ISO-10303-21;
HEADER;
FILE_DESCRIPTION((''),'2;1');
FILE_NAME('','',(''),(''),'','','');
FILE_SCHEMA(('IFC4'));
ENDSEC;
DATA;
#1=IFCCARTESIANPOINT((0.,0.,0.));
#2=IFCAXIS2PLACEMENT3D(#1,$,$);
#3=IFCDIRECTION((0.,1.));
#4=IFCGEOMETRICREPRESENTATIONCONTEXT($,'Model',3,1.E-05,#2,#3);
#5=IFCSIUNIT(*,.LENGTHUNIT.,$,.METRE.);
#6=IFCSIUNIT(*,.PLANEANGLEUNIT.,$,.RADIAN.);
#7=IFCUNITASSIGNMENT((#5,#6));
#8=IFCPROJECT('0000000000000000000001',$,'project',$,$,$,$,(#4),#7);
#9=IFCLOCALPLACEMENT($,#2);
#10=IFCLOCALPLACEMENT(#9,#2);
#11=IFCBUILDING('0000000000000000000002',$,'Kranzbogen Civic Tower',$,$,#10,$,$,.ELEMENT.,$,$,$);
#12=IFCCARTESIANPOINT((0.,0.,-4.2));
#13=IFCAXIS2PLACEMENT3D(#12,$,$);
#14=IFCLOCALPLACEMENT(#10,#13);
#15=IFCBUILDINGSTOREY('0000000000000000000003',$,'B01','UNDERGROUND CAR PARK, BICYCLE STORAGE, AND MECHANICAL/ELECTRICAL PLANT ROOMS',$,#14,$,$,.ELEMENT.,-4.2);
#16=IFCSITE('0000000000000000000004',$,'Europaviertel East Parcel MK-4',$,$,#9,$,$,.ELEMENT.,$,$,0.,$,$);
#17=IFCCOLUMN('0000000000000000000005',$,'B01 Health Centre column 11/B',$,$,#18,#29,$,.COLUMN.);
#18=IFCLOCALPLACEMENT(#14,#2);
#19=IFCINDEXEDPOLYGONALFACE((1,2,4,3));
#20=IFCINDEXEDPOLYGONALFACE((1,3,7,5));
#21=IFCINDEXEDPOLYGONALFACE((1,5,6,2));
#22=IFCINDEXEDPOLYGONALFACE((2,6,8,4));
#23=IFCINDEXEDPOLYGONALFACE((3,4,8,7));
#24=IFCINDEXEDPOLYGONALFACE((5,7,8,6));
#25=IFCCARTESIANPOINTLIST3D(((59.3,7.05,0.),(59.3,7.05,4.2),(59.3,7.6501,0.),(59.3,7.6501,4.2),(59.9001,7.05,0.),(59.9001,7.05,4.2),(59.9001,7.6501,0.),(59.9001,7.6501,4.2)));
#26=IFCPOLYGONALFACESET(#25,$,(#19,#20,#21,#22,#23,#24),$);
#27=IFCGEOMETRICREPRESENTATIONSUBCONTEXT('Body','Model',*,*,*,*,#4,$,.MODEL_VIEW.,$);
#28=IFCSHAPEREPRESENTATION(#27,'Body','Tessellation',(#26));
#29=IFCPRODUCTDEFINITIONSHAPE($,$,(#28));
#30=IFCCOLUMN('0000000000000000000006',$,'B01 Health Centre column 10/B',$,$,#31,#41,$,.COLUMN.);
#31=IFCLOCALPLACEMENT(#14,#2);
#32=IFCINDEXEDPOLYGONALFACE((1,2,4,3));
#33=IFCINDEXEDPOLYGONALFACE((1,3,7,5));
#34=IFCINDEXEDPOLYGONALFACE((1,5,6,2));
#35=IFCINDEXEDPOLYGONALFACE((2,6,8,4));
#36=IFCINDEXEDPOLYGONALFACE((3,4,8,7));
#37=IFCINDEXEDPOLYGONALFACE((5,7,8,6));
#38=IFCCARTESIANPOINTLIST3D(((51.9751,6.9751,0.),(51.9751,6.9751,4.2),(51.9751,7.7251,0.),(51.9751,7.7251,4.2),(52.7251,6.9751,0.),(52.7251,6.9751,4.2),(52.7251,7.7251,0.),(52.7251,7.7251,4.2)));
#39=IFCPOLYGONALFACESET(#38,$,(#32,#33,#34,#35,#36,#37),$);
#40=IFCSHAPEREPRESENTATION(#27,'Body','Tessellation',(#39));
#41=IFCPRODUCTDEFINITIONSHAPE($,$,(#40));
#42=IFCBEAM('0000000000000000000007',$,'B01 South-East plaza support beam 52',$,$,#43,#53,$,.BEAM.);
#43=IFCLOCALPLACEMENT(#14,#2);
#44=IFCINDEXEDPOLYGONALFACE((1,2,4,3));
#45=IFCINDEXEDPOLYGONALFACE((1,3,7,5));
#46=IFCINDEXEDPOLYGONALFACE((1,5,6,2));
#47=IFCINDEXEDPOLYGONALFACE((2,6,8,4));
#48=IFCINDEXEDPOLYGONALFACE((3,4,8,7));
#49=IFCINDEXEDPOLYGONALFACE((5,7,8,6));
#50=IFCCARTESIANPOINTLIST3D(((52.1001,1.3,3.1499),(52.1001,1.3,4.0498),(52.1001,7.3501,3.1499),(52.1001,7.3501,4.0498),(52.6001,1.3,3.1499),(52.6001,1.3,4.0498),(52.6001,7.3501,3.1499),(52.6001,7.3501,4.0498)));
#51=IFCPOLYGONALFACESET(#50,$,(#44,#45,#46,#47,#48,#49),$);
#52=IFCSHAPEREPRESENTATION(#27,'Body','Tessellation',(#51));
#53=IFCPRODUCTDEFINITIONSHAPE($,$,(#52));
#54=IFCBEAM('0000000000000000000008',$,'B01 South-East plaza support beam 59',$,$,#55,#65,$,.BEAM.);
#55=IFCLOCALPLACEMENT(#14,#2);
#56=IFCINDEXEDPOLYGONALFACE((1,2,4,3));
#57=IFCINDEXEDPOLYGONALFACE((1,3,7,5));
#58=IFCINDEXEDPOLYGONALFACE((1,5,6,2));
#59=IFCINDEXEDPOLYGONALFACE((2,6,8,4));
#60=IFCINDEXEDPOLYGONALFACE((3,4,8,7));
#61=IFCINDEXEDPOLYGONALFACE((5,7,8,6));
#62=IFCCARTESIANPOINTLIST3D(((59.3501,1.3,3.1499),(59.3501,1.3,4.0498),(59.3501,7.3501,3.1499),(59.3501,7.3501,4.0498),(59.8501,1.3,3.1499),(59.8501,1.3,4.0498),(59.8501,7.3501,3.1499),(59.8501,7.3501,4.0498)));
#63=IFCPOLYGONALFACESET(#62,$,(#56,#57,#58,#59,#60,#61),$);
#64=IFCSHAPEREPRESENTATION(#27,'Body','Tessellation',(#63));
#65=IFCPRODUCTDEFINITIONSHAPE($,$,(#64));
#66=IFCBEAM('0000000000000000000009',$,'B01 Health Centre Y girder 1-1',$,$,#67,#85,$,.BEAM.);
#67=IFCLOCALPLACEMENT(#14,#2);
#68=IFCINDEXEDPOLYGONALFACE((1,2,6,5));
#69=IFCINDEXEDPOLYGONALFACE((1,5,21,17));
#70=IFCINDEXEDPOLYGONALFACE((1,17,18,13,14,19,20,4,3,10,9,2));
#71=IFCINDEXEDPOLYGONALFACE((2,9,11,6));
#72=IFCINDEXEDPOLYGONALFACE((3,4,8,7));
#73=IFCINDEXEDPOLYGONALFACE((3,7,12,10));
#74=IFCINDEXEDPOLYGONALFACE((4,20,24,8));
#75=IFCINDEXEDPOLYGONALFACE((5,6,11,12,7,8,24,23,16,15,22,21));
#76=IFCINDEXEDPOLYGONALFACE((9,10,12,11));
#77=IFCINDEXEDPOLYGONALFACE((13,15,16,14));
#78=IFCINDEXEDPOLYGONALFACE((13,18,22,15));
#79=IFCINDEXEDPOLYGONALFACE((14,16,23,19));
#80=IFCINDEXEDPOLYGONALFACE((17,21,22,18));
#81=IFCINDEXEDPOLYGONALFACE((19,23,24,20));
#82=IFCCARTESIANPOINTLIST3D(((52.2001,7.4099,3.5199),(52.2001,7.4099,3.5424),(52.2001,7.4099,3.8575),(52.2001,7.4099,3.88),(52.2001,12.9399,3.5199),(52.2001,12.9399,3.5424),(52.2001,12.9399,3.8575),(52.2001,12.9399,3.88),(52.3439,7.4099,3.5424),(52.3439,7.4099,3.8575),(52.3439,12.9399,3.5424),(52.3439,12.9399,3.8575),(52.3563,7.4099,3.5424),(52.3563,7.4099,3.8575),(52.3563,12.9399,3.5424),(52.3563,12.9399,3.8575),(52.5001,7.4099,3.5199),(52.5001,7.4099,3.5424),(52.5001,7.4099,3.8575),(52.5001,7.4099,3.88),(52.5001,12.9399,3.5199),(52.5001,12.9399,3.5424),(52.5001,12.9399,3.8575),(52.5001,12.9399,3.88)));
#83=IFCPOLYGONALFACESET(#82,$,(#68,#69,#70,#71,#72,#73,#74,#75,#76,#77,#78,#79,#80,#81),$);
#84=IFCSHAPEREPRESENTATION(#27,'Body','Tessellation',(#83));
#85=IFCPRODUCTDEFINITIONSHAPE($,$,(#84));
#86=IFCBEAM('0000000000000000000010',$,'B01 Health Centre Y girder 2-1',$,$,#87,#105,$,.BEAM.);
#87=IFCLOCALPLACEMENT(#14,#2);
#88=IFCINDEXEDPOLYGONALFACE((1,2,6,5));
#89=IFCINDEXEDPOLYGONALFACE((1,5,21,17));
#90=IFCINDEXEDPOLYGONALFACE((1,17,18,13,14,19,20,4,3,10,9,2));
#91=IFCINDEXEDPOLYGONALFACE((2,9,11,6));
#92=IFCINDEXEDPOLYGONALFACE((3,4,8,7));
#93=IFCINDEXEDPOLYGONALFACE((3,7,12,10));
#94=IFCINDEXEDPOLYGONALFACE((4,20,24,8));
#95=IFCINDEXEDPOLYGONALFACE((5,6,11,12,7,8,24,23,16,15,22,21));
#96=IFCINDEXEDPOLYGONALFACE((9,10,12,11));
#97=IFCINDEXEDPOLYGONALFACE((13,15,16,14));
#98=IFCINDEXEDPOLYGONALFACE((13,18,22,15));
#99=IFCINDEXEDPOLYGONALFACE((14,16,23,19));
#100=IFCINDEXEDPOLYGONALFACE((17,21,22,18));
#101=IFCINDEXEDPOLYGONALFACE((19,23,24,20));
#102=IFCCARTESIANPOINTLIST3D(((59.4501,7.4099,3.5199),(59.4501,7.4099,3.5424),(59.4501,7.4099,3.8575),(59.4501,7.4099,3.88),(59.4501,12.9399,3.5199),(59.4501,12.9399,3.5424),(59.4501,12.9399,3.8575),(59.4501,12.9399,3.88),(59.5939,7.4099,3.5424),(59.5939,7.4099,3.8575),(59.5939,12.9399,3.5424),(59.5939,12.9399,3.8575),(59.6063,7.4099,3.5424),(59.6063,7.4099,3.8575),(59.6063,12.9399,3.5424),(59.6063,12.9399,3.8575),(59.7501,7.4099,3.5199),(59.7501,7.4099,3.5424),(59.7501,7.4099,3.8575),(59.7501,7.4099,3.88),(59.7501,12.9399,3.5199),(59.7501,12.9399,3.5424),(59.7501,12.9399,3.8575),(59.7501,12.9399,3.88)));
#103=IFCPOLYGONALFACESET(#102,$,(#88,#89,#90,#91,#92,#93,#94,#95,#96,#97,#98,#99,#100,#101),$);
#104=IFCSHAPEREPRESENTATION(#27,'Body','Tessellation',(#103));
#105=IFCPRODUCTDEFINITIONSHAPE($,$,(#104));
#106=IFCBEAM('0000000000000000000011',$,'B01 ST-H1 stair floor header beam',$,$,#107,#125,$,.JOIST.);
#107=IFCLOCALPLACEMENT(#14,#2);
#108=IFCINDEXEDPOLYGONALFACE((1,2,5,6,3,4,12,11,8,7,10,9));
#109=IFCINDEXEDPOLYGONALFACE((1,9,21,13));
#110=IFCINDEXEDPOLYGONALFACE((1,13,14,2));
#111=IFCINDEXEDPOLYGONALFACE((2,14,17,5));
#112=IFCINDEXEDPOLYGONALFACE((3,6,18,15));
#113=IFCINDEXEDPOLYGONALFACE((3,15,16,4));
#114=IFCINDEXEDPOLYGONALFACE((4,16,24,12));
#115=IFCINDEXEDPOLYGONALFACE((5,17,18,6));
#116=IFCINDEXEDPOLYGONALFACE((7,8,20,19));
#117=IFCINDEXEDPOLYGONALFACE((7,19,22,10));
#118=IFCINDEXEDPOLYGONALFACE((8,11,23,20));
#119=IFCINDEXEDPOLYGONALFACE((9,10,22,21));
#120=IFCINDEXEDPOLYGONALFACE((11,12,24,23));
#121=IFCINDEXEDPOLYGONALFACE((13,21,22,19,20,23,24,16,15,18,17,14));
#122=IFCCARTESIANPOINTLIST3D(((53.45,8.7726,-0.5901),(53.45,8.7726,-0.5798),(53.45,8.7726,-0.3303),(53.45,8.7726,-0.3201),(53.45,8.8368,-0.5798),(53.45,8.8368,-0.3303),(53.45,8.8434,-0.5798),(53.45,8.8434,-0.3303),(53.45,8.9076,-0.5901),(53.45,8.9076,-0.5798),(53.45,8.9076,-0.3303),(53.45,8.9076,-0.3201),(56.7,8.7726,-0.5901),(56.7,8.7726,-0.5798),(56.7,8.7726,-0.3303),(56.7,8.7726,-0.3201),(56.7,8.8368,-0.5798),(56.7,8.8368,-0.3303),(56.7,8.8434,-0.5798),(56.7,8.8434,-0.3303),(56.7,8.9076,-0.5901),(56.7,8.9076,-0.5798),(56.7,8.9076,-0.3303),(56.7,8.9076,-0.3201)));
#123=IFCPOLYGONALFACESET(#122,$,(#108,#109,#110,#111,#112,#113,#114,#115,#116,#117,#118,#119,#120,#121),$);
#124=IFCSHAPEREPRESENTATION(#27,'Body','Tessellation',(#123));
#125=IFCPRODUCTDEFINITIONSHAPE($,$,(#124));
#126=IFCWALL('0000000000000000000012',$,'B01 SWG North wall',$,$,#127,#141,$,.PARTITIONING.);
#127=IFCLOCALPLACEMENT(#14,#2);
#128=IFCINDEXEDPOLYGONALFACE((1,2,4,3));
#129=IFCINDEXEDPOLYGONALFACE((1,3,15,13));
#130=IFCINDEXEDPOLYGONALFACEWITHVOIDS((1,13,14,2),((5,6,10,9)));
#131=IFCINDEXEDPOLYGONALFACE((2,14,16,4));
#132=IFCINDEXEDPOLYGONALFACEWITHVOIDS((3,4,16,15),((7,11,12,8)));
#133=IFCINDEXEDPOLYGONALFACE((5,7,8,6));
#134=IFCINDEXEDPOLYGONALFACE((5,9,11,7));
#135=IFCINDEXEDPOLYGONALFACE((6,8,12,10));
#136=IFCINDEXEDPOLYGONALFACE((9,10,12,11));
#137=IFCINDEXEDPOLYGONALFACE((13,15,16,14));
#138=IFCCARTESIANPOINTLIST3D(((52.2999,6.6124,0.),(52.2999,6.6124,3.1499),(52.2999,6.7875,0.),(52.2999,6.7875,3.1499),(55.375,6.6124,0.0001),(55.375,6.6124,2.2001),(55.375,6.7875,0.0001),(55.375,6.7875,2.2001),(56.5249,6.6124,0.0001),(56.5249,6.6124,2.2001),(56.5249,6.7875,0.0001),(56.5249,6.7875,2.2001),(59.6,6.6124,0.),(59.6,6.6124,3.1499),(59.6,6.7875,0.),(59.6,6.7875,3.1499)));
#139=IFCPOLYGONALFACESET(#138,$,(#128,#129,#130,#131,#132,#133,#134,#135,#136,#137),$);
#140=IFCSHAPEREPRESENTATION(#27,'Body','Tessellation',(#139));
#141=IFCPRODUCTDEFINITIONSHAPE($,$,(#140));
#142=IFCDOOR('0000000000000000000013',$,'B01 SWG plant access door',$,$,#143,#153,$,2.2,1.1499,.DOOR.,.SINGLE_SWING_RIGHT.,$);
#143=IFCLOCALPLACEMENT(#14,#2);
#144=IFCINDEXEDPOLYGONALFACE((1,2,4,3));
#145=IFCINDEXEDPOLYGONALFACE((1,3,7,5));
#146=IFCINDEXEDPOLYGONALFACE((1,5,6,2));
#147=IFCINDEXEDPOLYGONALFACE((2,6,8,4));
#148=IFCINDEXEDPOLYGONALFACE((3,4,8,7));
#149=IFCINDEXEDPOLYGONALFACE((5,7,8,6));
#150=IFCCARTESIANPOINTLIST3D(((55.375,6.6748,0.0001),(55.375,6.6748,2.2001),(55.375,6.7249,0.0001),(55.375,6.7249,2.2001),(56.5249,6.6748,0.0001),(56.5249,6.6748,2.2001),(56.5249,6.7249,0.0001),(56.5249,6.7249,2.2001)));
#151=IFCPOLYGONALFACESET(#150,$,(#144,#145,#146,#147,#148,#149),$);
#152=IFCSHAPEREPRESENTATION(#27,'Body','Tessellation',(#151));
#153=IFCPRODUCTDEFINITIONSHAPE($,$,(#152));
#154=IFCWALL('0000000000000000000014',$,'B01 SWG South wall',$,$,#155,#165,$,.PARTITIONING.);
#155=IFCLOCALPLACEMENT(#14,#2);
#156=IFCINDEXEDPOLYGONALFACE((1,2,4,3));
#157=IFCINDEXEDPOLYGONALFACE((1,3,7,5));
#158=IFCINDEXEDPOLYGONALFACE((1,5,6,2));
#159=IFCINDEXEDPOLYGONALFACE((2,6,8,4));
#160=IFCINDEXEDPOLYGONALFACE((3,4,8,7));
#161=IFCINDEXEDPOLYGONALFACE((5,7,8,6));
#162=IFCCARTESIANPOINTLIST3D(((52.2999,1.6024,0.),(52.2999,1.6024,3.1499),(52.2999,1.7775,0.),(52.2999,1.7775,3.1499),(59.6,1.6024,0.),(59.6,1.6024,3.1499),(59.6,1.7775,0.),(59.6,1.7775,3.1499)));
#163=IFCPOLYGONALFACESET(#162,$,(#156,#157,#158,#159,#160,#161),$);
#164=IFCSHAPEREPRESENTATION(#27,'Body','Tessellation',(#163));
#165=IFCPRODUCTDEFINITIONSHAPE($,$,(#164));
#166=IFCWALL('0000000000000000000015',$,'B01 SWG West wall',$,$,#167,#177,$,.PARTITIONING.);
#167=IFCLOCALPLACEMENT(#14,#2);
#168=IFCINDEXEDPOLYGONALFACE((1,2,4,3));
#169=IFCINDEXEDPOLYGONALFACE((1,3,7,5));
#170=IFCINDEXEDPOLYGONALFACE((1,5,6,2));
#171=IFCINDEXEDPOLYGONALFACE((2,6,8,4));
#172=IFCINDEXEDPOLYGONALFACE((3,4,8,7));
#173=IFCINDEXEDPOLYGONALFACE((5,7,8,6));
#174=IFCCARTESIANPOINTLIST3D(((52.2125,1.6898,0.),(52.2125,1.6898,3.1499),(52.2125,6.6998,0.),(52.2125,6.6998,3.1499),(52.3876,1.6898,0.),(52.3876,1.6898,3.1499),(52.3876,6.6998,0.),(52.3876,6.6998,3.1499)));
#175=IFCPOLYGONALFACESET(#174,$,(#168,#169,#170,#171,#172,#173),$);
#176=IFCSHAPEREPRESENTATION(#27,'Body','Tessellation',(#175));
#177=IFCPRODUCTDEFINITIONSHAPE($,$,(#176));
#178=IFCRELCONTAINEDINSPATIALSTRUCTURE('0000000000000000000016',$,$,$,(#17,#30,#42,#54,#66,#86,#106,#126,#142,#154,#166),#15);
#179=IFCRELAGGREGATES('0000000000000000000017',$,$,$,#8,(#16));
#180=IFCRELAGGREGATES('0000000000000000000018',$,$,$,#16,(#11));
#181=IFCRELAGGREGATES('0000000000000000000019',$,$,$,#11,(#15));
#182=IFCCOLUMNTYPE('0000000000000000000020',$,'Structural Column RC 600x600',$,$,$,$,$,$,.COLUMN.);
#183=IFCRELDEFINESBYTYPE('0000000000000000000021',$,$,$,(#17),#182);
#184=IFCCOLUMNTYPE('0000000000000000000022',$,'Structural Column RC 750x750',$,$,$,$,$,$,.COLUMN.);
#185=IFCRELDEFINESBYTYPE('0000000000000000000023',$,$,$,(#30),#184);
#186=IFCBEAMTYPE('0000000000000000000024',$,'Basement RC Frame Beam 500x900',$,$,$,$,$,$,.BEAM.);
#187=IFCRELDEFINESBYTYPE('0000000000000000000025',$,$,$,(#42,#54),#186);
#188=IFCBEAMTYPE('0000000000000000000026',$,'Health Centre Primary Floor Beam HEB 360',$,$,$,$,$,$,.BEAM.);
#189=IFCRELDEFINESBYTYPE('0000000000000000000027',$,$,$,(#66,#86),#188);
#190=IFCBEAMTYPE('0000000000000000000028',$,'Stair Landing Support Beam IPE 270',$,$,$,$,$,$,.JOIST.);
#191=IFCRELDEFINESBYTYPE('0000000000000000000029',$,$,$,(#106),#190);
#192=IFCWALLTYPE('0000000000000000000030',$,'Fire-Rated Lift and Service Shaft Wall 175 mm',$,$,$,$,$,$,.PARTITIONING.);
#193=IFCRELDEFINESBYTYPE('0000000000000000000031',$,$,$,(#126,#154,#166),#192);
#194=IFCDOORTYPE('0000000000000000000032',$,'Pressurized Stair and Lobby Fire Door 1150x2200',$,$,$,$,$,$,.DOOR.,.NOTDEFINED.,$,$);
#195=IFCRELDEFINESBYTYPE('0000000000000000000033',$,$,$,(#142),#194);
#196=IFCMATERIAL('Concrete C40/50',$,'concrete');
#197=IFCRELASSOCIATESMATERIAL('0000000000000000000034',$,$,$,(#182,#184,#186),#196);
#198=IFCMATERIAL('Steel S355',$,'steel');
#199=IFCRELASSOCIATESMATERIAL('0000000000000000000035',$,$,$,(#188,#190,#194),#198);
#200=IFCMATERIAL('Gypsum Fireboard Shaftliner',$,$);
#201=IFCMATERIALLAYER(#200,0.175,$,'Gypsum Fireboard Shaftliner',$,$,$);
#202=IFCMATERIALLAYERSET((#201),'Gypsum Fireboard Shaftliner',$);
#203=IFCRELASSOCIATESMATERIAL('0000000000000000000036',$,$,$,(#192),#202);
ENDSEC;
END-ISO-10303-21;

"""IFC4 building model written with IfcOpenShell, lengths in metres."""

from ifc_helpers import new_model, si_unit, direction, frame, frame_2d, origin, origin_2d, place, context, subcontext, project, spatial, rectangle, i_section, extrude, material, layer, layer_set, material_profile, profile_set, type_object, element, fill, save


model = new_model("IFC4")

# Units and contexts
model_context = context("Model", 3, precision=1e-05, world=origin(), true_north=direction((0.0, 1.0)))
body_context = subcontext(model_context, "Body", "Model", "MODEL_VIEW")
ifc_project = project(units=[si_unit("LENGTHUNIT", "METRE"), si_unit("PLANEANGLEUNIT", "RADIAN")], contexts=[model_context])

# Site, building, storey
site_placement = place(None, origin())
site = spatial("IfcSite", under=ifc_project, at=site_placement, Name="Europaviertel East Parcel MK-4", CompositionType="ELEMENT", RefElevation=0.0)
building_placement = place(site_placement, origin())
building = spatial("IfcBuilding", under=site, at=building_placement, Name="Kranzbogen Civic Tower", CompositionType="ELEMENT")
storey_placement = place(building_placement, frame((0.0, 0.0, -4.2)))
storey = spatial("IfcBuildingStorey", under=building, at=storey_placement, Name="B01", Description="UNDERGROUND CAR PARK, BICYCLE STORAGE, AND MECHANICAL/ELECTRICAL PLANT ROOMS", CompositionType="ELEMENT", Elevation=-4.2)

# Columns
ifc_material_1 = material(Name="Concrete C40/50", Category="concrete")
ifc_material_profile_1 = material_profile(ifc_material_1, rectangle(XDim=0.6001, YDim=0.6001, at=origin_2d()), Name="RC 600x600")
ifc_profile_set_1 = profile_set([ifc_material_profile_1], Name="Concrete C40/50")
column_type_1 = type_object("IfcColumnType", Name="Structural Column RC 600x600", PredefinedType="COLUMN", material=ifc_profile_set_1)
column_1_placement = place(storey_placement, frame((59.6001, 7.3501, 0.0), z_axis=(0.0, 0.0, 1.0), x_axis=(1.0, 0.0, 0.0)))
element("IfcColumn", 1, at=column_1_placement, inside=storey, type_object=column_type_1, Name="B01 Health Centre column 11/B", PredefinedType="COLUMN", context=body_context, shape_type="SweptSolid", body=[
    extrude(rectangle(XDim=0.6001, YDim=0.6001, at=origin_2d()), origin(), (0.0, 0.0, 1.0), 4.2),
])
ifc_material_profile_2 = material_profile(ifc_material_1, rectangle(XDim=0.75, YDim=0.75, at=origin_2d()), Name="RC 750x750")
ifc_profile_set_2 = profile_set([ifc_material_profile_2], Name="Concrete C40/50")
column_type_2 = type_object("IfcColumnType", Name="Structural Column RC 750x750", PredefinedType="COLUMN", material=ifc_profile_set_2)
column_2_placement = place(storey_placement, frame((52.3501, 7.3501, 0.0), z_axis=(0.0, 0.0, 1.0), x_axis=(1.0, 0.0, 0.0)))
element("IfcColumn", 2, at=column_2_placement, inside=storey, type_object=column_type_2, Name="B01 Health Centre column 10/B", PredefinedType="COLUMN", context=body_context, shape_type="SweptSolid", body=[
    extrude(rectangle(XDim=0.75, YDim=0.75, at=origin_2d()), origin(), (0.0, 0.0, 1.0), 4.2),
])

# Beams
ifc_material_profile_3 = material_profile(ifc_material_1, rectangle(XDim=0.5, YDim=0.8999, at=origin_2d()), Name="RC-BM 500x900")
ifc_profile_set_3 = profile_set([ifc_material_profile_3], Name="Concrete C40/50")
beam_type_1 = type_object("IfcBeamType", Name="Basement RC Frame Beam 500x900", PredefinedType="BEAM", material=ifc_profile_set_3)
for number, where, z_axis, x_axis, name in (
    (3, (52.3501, 1.3, 3.5999), (0.0, 1.0, 0.0), (-1.0, 0.0, 0.0), "B01 South-East plaza support beam 52"),
    (4, (59.6001, 1.3, 3.5999), (0.0, 1.0, 0.0), (-1.0, 0.0, 0.0), "B01 South-East plaza support beam 59"),
):
    element("IfcBeam", number, at=place(storey_placement, frame(where, z_axis=z_axis, x_axis=x_axis)), inside=storey, type_object=beam_type_1, Name=name, PredefinedType="BEAM", context=body_context, shape_type="SweptSolid", body=[
        extrude(rectangle(XDim=0.5, YDim=0.8999, at=origin_2d()), origin(), (0.0, 0.0, 1.0), 6.05),
    ])
ifc_material_2 = material(Name="Steel S355", Category="steel")
ifc_material_profile_4 = material_profile(ifc_material_2, i_section(OverallWidth=0.3, OverallDepth=0.3601, WebThickness=0.0125, FlangeThickness=0.0225, at=origin_2d()), Name="HEB 360")
ifc_profile_set_4 = profile_set([ifc_material_profile_4], Name="Steel S355")
beam_type_2 = type_object("IfcBeamType", Name="Health Centre Primary Floor Beam HEB 360", PredefinedType="BEAM", material=ifc_profile_set_4)
for number, where, z_axis, x_axis, name in (
    (5, (52.3501, 7.4099, 3.7), (0.0, 1.0, 0.0), (-1.0, 0.0, 0.0), "B01 Health Centre Y girder 1-1"),
    (6, (59.6001, 7.4099, 3.7), (0.0, 1.0, 0.0), (-1.0, 0.0, 0.0), "B01 Health Centre Y girder 2-1"),
):
    element("IfcBeam", number, at=place(storey_placement, frame(where, z_axis=z_axis, x_axis=x_axis)), inside=storey, type_object=beam_type_2, Name=name, PredefinedType="BEAM", context=body_context, shape_type="SweptSolid", body=[
        extrude(i_section(OverallWidth=0.3, OverallDepth=0.3601, WebThickness=0.0125, FlangeThickness=0.0225, at=origin_2d()), origin(), (0.0, 0.0, 1.0), 5.53),
    ])
ifc_material_profile_5 = material_profile(ifc_material_2, i_section(OverallWidth=0.135, OverallDepth=0.27, WebThickness=0.0066, FlangeThickness=0.0103, at=origin_2d()), Name="IPE 270")
ifc_profile_set_5 = profile_set([ifc_material_profile_5], Name="Steel S355")
beam_type_3 = type_object("IfcBeamType", Name="Stair Landing Support Beam IPE 270", PredefinedType="JOIST", material=ifc_profile_set_5)
beam_placement = place(storey_placement, frame((56.7, 8.8401, -0.4551), z_axis=(-1.0, 0.0, 0.0), x_axis=(0.0, -1.0, 0.0)))
element("IfcBeam", 7, at=beam_placement, inside=storey, type_object=beam_type_3, Name="B01 ST-H1 stair floor header beam", PredefinedType="JOIST", context=body_context, shape_type="SweptSolid", body=[
    extrude(i_section(OverallWidth=0.135, OverallDepth=0.27, WebThickness=0.0066, FlangeThickness=0.0103, at=origin_2d()), origin(), (0.0, 0.0, 1.0), 3.25),
])

# Wall, opening, door
ifc_material_3 = material(Name="Gypsum Fireboard Shaftliner")
ifc_layer_1 = layer(ifc_material_3, 0.175, Name="Gypsum Fireboard Shaftliner")
ifc_layer_set_1 = layer_set([ifc_layer_1], Name="Gypsum Fireboard Shaftliner")
wall_type_1 = type_object("IfcWallType", Name="Fire-Rated Lift and Service Shaft Wall 175 mm", PredefinedType="PARTITIONING", material=ifc_layer_set_1)
wall_1_placement = place(storey_placement, frame((52.3, 6.7, 0.0), z_axis=(0.0, 0.0, 1.0), x_axis=(1.0, 0.0, 0.0)))
wall_1 = element("IfcWall", 8, at=wall_1_placement, inside=storey, type_object=wall_type_1, Name="B01 SWG North wall", PredefinedType="PARTITIONING", context=body_context, shape_type="SweptSolid", body=[
    extrude(rectangle(XDim=7.3, YDim=0.175, at=frame_2d((3.6499, 0.0))), origin(), (0.0, 0.0, 1.0), 3.1499),
])
opening_1_placement = place(wall_1_placement, frame((3.075, 0.0, 0.0)))
opening_1 = element("IfcOpeningElement", 9, at=opening_1_placement, cuts=wall_1, PredefinedType="OPENING", context=body_context, shape_type="SweptSolid", body=[
    extrude(rectangle(XDim=1.1499, YDim=2.2, at=frame_2d((0.575, 1.1001))), frame((0.0, 0.0977, 0.0), z_axis=(0.0, -1.0, 0.0), x_axis=(1.0, 0.0, 0.0)), (0.0, 0.0, 1.0), 0.1951),
])
door_type = type_object("IfcDoorType", Name="Pressurized Stair and Lobby Fire Door 1150x2200", OperationType="NOTDEFINED", PredefinedType="DOOR", material=ifc_material_2)
door_1_placement = place(opening_1_placement, origin())
door_1 = element("IfcDoor", 10, at=door_1_placement, inside=storey, type_object=door_type, Name="B01 SWG plant access door", OperationType="SINGLE_SWING_RIGHT", OverallHeight=2.2, OverallWidth=1.1499, PredefinedType="DOOR", context=body_context, shape_type="SweptSolid", body=[
    extrude(rectangle(XDim=1.1499, YDim=2.2, at=frame_2d((0.575, 1.1001))), frame((0.0, 0.0249, 0.0), z_axis=(0.0, -1.0, 0.0), x_axis=(1.0, 0.0, 0.0)), (0.0, 0.0, 1.0), 0.05),
])
fill(opening_1, door_1)

# Walls
wall_2_placement = place(storey_placement, frame((52.3, 1.6899, 0.0), z_axis=(0.0, 0.0, 1.0), x_axis=(1.0, 0.0, 0.0)))
element("IfcWall", 11, at=wall_2_placement, inside=storey, type_object=wall_type_1, Name="B01 SWG South wall", PredefinedType="PARTITIONING", context=body_context, shape_type="SweptSolid", body=[
    extrude(rectangle(XDim=7.3, YDim=0.175, at=frame_2d((3.6499, 0.0))), origin(), (0.0, 0.0, 1.0), 3.1499),
])
for number, where, z_axis, x_axis, name in (
    (12, (52.3, 1.6899, 0.0), (0.0, 0.0, 1.0), (0.0, 1.0, 0.0), "B01 SWG West wall"),
):
    element("IfcWall", number, at=place(storey_placement, frame(where, z_axis=z_axis, x_axis=x_axis)), inside=storey, type_object=wall_type_1, Name=name, PredefinedType="PARTITIONING", context=body_context, shape_type="SweptSolid", body=[
        extrude(rectangle(XDim=5.01, YDim=0.175, at=frame_2d((2.5049, 0.0))), origin(), (0.0, 0.0, 1.0), 3.1499),
    ])

save(model, "model.ifc")
